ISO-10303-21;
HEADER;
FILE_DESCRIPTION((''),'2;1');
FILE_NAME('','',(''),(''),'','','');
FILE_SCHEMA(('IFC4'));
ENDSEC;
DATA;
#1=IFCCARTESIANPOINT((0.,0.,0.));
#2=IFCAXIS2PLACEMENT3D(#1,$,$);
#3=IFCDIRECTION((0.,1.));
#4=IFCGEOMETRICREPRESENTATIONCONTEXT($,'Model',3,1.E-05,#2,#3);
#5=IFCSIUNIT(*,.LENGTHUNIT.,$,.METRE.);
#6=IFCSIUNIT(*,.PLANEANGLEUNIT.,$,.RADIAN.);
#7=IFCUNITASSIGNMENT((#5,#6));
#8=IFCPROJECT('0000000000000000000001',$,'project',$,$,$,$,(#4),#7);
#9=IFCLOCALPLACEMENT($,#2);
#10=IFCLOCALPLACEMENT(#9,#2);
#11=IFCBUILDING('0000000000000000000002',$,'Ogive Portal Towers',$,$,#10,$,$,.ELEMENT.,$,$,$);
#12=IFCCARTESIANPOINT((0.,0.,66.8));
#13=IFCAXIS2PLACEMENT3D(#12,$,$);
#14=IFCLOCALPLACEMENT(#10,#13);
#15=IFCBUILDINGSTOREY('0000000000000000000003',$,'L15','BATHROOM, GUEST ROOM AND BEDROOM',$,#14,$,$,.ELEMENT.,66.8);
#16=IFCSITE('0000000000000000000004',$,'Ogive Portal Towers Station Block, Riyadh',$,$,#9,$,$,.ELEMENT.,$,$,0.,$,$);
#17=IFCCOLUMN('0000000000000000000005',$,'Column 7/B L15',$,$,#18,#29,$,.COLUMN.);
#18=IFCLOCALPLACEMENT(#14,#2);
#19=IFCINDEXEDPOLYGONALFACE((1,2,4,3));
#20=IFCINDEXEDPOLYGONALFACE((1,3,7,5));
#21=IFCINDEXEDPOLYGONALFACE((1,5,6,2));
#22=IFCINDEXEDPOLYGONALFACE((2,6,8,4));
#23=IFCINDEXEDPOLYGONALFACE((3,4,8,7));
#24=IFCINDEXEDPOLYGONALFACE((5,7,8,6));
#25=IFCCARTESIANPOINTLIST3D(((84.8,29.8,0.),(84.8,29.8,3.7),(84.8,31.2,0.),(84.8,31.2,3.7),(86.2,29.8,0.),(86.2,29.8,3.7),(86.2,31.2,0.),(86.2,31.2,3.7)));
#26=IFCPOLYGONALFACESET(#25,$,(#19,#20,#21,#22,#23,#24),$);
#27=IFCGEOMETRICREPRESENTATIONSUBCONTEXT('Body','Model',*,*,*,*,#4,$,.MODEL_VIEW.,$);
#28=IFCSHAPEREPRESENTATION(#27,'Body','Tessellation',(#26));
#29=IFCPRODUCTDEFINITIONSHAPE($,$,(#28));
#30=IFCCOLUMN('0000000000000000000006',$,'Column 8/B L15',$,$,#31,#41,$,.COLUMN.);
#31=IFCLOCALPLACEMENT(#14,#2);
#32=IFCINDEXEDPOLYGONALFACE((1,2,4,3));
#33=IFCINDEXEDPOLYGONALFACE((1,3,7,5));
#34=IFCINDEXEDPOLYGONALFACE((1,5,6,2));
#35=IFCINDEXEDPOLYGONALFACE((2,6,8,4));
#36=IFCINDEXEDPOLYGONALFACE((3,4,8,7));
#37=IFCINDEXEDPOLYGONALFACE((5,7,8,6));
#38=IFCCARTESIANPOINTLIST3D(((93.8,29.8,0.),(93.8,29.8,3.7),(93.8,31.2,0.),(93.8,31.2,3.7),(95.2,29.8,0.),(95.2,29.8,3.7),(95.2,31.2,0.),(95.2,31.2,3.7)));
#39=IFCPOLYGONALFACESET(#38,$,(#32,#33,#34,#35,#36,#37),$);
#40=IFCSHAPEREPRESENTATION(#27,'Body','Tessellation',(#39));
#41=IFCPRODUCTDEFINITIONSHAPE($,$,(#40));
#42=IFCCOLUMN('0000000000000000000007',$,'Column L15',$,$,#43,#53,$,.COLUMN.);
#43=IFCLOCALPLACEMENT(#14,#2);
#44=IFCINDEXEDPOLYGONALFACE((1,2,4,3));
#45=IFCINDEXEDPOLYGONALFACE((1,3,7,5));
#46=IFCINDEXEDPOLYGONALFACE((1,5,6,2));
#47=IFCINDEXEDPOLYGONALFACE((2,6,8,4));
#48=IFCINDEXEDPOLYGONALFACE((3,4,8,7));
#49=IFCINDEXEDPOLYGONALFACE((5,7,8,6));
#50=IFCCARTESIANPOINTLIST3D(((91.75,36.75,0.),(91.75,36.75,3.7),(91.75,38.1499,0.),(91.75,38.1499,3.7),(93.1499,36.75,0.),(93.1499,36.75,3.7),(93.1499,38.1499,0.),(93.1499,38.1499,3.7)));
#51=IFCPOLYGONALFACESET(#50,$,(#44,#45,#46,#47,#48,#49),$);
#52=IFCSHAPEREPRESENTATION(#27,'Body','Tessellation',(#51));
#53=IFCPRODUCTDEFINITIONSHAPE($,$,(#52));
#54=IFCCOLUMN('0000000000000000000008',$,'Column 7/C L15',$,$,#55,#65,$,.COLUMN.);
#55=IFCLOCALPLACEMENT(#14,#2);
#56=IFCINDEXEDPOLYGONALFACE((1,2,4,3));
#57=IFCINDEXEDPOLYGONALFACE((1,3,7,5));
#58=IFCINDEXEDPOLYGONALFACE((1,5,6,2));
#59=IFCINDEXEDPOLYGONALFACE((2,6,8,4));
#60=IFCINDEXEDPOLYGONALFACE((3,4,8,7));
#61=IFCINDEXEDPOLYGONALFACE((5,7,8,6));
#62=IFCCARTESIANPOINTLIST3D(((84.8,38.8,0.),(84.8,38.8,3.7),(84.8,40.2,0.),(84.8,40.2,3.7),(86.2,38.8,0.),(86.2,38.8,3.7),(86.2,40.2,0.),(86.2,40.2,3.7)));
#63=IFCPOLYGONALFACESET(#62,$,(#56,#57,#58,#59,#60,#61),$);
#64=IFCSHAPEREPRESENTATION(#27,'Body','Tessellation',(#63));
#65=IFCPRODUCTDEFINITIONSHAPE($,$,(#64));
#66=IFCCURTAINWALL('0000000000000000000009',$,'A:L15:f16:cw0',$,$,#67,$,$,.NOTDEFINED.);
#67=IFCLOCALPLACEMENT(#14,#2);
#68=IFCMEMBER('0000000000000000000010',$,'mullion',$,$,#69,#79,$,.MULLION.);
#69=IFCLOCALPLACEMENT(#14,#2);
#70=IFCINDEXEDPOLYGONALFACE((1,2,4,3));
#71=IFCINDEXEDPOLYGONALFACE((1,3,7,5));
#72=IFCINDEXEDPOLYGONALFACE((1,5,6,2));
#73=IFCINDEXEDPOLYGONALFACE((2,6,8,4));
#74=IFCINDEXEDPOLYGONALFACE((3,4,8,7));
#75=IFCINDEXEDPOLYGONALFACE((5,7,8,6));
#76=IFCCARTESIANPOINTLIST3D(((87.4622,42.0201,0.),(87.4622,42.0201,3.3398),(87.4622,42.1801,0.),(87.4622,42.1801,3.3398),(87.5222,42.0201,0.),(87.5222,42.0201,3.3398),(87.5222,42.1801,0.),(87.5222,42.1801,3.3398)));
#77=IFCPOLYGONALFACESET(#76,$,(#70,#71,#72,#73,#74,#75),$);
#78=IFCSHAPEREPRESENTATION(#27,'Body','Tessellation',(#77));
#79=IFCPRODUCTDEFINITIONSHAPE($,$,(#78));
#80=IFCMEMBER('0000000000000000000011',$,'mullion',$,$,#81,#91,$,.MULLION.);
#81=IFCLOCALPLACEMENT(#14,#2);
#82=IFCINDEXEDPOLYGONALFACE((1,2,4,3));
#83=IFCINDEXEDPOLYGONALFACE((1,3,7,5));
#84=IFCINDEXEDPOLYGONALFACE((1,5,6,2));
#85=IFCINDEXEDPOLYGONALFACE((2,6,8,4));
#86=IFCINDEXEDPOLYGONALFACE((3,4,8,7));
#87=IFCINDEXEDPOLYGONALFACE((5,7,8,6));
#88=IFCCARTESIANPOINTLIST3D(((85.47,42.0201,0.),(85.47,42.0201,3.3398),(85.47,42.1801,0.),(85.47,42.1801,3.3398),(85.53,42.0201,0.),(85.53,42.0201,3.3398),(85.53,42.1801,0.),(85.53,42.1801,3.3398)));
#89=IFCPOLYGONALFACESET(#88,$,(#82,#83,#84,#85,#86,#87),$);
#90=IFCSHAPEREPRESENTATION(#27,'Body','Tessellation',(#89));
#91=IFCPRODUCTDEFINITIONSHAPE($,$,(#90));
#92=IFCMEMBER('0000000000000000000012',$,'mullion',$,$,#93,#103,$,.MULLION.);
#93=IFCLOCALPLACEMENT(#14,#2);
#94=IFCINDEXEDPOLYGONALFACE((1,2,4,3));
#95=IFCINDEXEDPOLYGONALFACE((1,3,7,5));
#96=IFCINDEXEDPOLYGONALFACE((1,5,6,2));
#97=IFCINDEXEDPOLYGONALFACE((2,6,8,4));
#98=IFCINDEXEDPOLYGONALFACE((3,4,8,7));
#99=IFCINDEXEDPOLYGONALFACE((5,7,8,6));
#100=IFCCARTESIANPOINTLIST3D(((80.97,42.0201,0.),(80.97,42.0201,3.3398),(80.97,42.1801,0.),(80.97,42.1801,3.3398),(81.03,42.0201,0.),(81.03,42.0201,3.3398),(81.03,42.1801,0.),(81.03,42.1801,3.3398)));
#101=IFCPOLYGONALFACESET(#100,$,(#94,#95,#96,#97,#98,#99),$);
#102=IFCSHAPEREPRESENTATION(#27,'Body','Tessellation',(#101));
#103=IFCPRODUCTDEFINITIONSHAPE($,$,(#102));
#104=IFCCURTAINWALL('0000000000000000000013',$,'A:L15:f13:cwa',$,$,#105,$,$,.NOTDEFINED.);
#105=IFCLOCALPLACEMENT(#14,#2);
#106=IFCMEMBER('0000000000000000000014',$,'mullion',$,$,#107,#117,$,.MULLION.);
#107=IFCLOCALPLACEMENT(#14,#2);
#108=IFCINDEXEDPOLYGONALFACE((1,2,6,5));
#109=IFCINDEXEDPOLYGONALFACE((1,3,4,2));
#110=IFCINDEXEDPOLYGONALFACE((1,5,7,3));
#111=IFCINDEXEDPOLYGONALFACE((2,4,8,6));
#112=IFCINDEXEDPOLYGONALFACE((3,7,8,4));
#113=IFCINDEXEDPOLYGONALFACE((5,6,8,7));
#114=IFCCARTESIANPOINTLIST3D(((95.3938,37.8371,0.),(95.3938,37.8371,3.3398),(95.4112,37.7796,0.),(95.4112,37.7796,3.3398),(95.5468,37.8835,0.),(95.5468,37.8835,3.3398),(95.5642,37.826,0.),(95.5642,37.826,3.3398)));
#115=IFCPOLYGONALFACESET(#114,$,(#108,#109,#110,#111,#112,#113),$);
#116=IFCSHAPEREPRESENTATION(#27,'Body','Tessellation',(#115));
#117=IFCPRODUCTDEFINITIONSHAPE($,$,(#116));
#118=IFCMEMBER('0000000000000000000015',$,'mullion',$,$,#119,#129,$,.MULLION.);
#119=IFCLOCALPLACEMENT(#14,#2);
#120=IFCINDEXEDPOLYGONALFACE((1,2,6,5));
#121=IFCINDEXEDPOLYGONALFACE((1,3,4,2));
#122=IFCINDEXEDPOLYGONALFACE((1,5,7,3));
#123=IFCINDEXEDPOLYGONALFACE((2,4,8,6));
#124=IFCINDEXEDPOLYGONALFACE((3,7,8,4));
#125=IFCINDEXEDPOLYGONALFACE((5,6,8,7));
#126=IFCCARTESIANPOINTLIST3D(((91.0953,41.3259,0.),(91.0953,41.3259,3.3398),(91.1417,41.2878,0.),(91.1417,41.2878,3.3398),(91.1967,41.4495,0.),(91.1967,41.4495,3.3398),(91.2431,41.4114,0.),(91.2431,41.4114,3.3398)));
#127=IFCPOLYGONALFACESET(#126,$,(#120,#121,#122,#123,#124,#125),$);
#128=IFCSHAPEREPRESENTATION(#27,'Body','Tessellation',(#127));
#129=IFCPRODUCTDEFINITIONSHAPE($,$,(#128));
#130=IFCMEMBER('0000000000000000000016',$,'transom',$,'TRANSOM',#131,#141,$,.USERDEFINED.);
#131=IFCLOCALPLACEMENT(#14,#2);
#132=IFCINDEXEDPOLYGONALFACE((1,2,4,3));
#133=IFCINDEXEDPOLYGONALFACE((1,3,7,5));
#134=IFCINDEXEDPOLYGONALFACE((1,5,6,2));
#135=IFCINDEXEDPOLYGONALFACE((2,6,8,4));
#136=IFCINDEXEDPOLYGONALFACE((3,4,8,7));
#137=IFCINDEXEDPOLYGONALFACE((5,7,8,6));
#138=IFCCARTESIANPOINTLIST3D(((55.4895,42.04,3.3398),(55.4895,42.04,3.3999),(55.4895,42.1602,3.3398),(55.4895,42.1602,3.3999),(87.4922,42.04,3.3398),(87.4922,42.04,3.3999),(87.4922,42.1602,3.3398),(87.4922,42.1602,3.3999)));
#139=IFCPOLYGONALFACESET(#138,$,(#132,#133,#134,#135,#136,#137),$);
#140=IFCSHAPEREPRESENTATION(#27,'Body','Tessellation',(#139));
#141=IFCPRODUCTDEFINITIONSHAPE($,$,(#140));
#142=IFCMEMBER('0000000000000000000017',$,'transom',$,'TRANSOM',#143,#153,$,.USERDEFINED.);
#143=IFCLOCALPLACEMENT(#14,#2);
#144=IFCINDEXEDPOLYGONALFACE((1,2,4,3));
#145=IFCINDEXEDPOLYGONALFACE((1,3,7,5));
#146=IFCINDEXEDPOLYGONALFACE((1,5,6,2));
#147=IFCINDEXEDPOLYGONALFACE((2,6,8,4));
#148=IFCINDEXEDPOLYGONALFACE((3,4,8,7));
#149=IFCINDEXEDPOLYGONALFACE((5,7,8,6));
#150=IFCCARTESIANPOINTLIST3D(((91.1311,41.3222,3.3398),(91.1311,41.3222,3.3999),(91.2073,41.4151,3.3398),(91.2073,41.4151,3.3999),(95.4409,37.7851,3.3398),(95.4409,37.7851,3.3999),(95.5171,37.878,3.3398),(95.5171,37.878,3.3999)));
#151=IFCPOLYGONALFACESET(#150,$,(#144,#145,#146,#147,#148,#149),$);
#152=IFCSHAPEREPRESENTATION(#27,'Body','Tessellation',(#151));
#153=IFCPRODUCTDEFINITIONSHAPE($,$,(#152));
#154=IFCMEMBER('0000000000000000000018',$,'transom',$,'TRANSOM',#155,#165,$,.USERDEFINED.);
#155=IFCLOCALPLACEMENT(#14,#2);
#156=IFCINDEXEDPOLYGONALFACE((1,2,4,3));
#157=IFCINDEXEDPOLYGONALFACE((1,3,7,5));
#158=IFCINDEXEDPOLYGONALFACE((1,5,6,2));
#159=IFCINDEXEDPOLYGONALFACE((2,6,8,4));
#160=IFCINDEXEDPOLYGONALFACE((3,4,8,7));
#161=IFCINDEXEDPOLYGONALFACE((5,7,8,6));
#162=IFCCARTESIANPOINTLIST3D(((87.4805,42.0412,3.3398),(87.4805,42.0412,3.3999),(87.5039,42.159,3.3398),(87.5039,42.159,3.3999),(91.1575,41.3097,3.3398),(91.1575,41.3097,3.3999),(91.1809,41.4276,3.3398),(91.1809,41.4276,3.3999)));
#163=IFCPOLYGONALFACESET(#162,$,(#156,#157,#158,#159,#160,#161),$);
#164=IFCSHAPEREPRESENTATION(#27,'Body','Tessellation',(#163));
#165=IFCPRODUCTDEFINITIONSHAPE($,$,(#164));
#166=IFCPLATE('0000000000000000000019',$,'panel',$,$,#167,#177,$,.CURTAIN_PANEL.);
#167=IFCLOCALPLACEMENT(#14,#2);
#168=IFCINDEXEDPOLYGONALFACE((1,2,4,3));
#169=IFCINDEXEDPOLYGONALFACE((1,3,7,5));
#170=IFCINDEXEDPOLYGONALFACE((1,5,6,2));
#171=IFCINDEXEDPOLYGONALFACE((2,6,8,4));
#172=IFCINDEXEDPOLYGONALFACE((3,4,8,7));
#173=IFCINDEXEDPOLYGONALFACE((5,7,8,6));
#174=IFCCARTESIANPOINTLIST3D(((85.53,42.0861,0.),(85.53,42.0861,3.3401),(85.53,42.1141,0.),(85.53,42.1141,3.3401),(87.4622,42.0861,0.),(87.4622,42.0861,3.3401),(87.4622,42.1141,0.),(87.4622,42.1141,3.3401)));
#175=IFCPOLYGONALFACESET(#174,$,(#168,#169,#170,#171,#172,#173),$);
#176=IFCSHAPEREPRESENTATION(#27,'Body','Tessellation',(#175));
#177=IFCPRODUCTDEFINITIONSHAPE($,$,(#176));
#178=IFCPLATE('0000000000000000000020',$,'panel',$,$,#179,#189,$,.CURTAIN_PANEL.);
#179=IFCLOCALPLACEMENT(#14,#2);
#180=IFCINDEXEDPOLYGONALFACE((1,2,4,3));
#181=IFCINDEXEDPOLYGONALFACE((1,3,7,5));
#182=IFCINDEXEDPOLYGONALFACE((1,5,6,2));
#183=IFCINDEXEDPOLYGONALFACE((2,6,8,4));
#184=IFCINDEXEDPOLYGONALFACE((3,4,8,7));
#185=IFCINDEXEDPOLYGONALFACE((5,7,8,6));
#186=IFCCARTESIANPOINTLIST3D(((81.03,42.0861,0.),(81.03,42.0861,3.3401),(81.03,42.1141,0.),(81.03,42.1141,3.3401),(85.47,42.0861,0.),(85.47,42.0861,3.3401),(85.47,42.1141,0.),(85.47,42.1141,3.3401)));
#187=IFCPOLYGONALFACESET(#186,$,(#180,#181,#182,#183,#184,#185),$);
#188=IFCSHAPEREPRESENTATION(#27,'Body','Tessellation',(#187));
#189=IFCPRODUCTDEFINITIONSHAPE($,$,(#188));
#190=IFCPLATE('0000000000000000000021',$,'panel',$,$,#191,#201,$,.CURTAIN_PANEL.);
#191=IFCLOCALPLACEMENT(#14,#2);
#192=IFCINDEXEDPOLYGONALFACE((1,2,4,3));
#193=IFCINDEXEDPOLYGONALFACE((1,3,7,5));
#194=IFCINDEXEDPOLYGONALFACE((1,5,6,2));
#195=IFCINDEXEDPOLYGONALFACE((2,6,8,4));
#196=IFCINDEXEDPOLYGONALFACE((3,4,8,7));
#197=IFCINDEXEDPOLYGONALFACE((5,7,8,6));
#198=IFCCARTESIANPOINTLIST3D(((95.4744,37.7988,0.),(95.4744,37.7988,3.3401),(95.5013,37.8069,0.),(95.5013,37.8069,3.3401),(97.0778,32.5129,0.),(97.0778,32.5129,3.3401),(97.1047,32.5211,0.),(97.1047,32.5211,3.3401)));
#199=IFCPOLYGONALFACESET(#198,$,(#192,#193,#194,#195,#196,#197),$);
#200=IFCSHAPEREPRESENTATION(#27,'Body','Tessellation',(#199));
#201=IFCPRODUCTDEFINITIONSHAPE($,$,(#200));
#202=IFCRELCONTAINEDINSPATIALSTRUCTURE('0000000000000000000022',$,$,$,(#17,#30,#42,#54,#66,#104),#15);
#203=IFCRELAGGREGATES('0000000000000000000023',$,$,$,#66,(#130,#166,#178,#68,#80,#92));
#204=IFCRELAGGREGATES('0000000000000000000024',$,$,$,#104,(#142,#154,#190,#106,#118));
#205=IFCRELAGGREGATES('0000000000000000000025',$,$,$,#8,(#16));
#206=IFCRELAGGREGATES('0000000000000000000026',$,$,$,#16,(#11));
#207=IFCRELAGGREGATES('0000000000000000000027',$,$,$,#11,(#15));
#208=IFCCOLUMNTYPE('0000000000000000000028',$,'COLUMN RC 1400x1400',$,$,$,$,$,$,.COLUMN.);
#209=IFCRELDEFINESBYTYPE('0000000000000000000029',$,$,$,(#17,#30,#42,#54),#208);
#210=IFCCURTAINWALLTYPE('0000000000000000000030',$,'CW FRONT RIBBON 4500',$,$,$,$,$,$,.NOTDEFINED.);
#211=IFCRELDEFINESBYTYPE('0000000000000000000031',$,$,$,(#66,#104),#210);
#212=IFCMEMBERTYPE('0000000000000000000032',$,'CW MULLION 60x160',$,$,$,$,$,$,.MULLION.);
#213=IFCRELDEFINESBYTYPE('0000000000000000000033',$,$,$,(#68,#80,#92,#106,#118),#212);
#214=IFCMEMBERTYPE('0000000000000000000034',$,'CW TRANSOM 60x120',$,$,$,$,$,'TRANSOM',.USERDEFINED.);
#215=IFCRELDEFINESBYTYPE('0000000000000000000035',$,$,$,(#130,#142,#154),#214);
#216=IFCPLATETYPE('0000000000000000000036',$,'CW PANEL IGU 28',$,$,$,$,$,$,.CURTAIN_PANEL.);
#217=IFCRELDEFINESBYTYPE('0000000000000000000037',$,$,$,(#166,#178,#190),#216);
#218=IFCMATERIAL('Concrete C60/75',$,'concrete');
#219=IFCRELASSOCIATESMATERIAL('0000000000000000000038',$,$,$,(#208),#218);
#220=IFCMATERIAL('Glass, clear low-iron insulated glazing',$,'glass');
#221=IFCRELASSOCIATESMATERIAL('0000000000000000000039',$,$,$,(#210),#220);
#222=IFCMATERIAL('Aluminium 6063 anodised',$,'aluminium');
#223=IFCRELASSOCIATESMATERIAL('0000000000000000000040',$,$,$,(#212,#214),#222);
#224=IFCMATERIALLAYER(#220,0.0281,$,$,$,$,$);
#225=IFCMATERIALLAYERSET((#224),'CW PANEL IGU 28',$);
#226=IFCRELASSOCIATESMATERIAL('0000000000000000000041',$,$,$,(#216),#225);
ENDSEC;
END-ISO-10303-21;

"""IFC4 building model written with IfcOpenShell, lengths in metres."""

from ifc_helpers import new_model, si_unit, direction, frame, origin, origin_2d, place, context, subcontext, project, spatial, rectangle, extrude, material, layer, layer_set, material_profile, profile_set, type_object, element, aggregate, save


model = new_model("IFC4")

# Units and contexts
model_context = context("Model", 3, precision=1e-05, world=origin(), true_north=direction((0.0, 1.0)))
body_context = subcontext(model_context, "Body", "Model", "MODEL_VIEW")
ifc_project = project(units=[si_unit("LENGTHUNIT", "METRE"), si_unit("PLANEANGLEUNIT", "RADIAN")], contexts=[model_context])

# Site, building, storey
site_placement = place(None, origin())
site = spatial("IfcSite", under=ifc_project, at=site_placement, Name="Ogive Portal Towers Station Block, Riyadh", CompositionType="ELEMENT", RefElevation=0.0)
building_placement = place(site_placement, origin())
building = spatial("IfcBuilding", under=site, at=building_placement, Name="Ogive Portal Towers", CompositionType="ELEMENT")
storey_placement = place(building_placement, frame((0.0, 0.0, 66.8)))
storey = spatial("IfcBuildingStorey", under=building, at=storey_placement, Name="L15", Description="BATHROOM, GUEST ROOM AND BEDROOM", CompositionType="ELEMENT", Elevation=66.8)

# Columns
ifc_material_1 = material(Name="Concrete C60/75", Category="concrete")
ifc_material_profile_1 = material_profile(ifc_material_1, rectangle(XDim=1.3999, YDim=1.3999, at=origin_2d()), Name="RC 1400x1400")
ifc_profile_set_1 = profile_set([ifc_material_profile_1], Name="Concrete C60/75")
column_type = type_object("IfcColumnType", Name="COLUMN RC 1400x1400", PredefinedType="COLUMN", material=ifc_profile_set_1)
for number, where, z_axis, x_axis, name in (
    (1, (85.5, 30.5, 0.0), (0.0, 0.0, 1.0), (1.0, 0.0, 0.0), "Column 7/B L15"),
    (2, (94.5, 30.5, 0.0), (0.0, 0.0, 1.0), (1.0, 0.0, 0.0), "Column 8/B L15"),
    (3, (92.45, 37.45, 0.0), (0.0, 0.0, 1.0), (1.0, 0.0, 0.0), "Column L15"),
    (4, (85.5, 39.5, 0.0), (0.0, 0.0, 1.0), (1.0, 0.0, 0.0), "Column 7/C L15"),
):
    element("IfcColumn", number, at=place(storey_placement, frame(where, z_axis=z_axis, x_axis=x_axis)), inside=storey, type_object=column_type, Name=name, PredefinedType="COLUMN", context=body_context, shape_type="SweptSolid", body=[
        extrude(rectangle(XDim=1.3999, YDim=1.3999, at=origin_2d()), origin(), (0.0, 0.0, 1.0), 3.7),
    ])

# Curtain walls, members
ifc_material_2 = material(Name="Glass, clear low-iron insulated glazing", Category="glass")
curtain_wall_type = type_object("IfcCurtainWallType", Name="CW FRONT RIBBON 4500", PredefinedType="NOTDEFINED", material=ifc_material_2)
curtain_wall_1_placement = place(storey_placement, origin())
curtain_wall_1 = element("IfcCurtainWall", 5, at=curtain_wall_1_placement, inside=storey, type_object=curtain_wall_type, Name="A:L15:f16:cw0", PredefinedType="NOTDEFINED")
ifc_material_3 = material(Name="Aluminium 6063 anodised", Category="aluminium")
ifc_material_profile_2 = material_profile(ifc_material_3, rectangle(XDim=0.1599, YDim=0.0601, at=origin_2d()), Name="AL 60x160")
ifc_profile_set_2 = profile_set([ifc_material_profile_2], Name="Aluminium 6063 anodised")
member_type_1 = type_object("IfcMemberType", Name="CW MULLION 60x160", PredefinedType="MULLION", material=ifc_profile_set_2)
member_1_placement = place(storey_placement, frame((87.4922, 42.1001, 0.0), z_axis=(0.0, 0.0, 1.0), x_axis=(0.0, -1.0, 0.0)))
member_1 = element("IfcMember", 6, at=member_1_placement, type_object=member_type_1, Name="mullion", PredefinedType="MULLION", context=body_context, shape_type="SweptSolid", body=[
    extrude(rectangle(XDim=0.1599, YDim=0.0601, at=origin_2d()), origin(), (0.0, 0.0, 1.0), 3.3398),
])
member_2_placement = place(storey_placement, frame((85.5, 42.1001, 0.0), z_axis=(0.0, 0.0, 1.0), x_axis=(0.0, -1.0, 0.0)))
member_2 = element("IfcMember", 7, at=member_2_placement, type_object=member_type_1, Name="mullion", PredefinedType="MULLION", context=body_context, shape_type="SweptSolid", body=[
    extrude(rectangle(XDim=0.1599, YDim=0.0601, at=origin_2d()), origin(), (0.0, 0.0, 1.0), 3.3398),
])
member_3_placement = place(storey_placement, frame((81.0, 42.1001, 0.0), z_axis=(0.0, 0.0, 1.0), x_axis=(0.0, -1.0, 0.0)))
member_3 = element("IfcMember", 8, at=member_3_placement, type_object=member_type_1, Name="mullion", PredefinedType="MULLION", context=body_context, shape_type="SweptSolid", body=[
    extrude(rectangle(XDim=0.1599, YDim=0.0601, at=origin_2d()), origin(), (0.0, 0.0, 1.0), 3.3398),
])
curtain_wall_2_placement = place(storey_placement, origin())
curtain_wall_2 = element("IfcCurtainWall", 9, at=curtain_wall_2_placement, inside=storey, type_object=curtain_wall_type, Name="A:L15:f13:cwa", PredefinedType="NOTDEFINED")
member_4_placement = place(storey_placement, frame((95.479, 37.8315, 0.0), z_axis=(0.0, 0.0, 1.0), x_axis=(-0.95694, -0.290285, 0.0)))
member_4 = element("IfcMember", 10, at=member_4_placement, type_object=member_type_1, Name="mullion", PredefinedType="MULLION", context=body_context, shape_type="SweptSolid", body=[
    extrude(rectangle(XDim=0.1599, YDim=0.0601, at=origin_2d()), origin(), (0.0, 0.0, 1.0), 3.3398),
])
member_5_placement = place(storey_placement, frame((91.1692, 41.3687, 0.0), z_axis=(0.0, 0.0, 1.0), x_axis=(-0.634393, -0.77301, 0.0)))
member_5 = element("IfcMember", 11, at=member_5_placement, type_object=member_type_1, Name="mullion", PredefinedType="MULLION", context=body_context, shape_type="SweptSolid", body=[
    extrude(rectangle(XDim=0.1599, YDim=0.0601, at=origin_2d()), origin(), (0.0, 0.0, 1.0), 3.3398),
])

# Members
ifc_material_profile_3 = material_profile(ifc_material_3, rectangle(XDim=0.1201, YDim=0.0601, at=origin_2d()), Name="AL 120x60")
ifc_profile_set_3 = profile_set([ifc_material_profile_3], Name="Aluminium 6063 anodised")
member_type_2 = type_object("IfcMemberType", Name="CW TRANSOM 60x120", ElementType="TRANSOM", PredefinedType="USERDEFINED", material=ifc_profile_set_3)
member_6_placement = place(storey_placement, frame((87.4922, 42.1001, 3.3699), z_axis=(-1.0, 0.0, 0.0), x_axis=(0.0, -1.0, 0.0)))
member_6 = element("IfcMember", 12, at=member_6_placement, type_object=member_type_2, Name="transom", ObjectType="TRANSOM", PredefinedType="USERDEFINED", context=body_context, shape_type="SweptSolid", body=[
    extrude(rectangle(XDim=0.1201, YDim=0.0601, at=origin_2d()), origin(), (0.0, 0.0, 1.0), 32.0027),
])
member_7_placement = place(storey_placement, frame((95.479, 37.8315, 3.3699), z_axis=(-0.772998, 0.634408, 0.0), x_axis=(-0.634408, -0.772998, 0.0)))
member_7 = element("IfcMember", 13, at=member_7_placement, type_object=member_type_2, Name="transom", ObjectType="TRANSOM", PredefinedType="USERDEFINED", context=body_context, shape_type="SweptSolid", body=[
    extrude(rectangle(XDim=0.1201, YDim=0.0601, at=origin_2d()), origin(), (0.0, 0.0, 1.0), 5.5754),
])
member_8_placement = place(storey_placement, frame((91.1692, 41.3687, 3.3699), z_axis=(-0.980783, 0.195102, 0.0), x_axis=(-0.195102, -0.980783, 0.0)))
member_8 = element("IfcMember", 14, at=member_8_placement, type_object=member_type_2, Name="transom", ObjectType="TRANSOM", PredefinedType="USERDEFINED", context=body_context, shape_type="SweptSolid", body=[
    extrude(rectangle(XDim=0.1201, YDim=0.0601, at=origin_2d()), origin(), (0.0, 0.0, 1.0), 3.749),
])

# Plates
ifc_layer_1 = layer(ifc_material_2, 0.0281)
ifc_layer_set_1 = layer_set([ifc_layer_1], Name="CW PANEL IGU 28")
plate_type = type_object("IfcPlateType", Name="CW PANEL IGU 28", PredefinedType="CURTAIN_PANEL", material=ifc_layer_set_1)
plate_1_placement = place(storey_placement, frame((86.4961, 42.1001, 0.0), z_axis=(0.0, 0.0, 1.0), x_axis=(-1.0, 0.0, 0.0)))
plate_1 = element("IfcPlate", 15, at=plate_1_placement, type_object=plate_type, Name="panel", PredefinedType="CURTAIN_PANEL", context=body_context, shape_type="SweptSolid", body=[
    extrude(rectangle(XDim=1.9321, YDim=0.0281, at=origin_2d()), origin(), (0.0, 0.0, 1.0), 3.3401),
])
plate_2_placement = place(storey_placement, frame((83.25, 42.1001, 0.0), z_axis=(0.0, 0.0, 1.0), x_axis=(-1.0, 0.0, 0.0)))
plate_2 = element("IfcPlate", 16, at=plate_2_placement, type_object=plate_type, Name="panel", PredefinedType="CURTAIN_PANEL", context=body_context, shape_type="SweptSolid", body=[
    extrude(rectangle(XDim=4.4399, YDim=0.0281, at=origin_2d()), origin(), (0.0, 0.0, 1.0), 3.3401),
])
aggregate(curtain_wall_1, [member_6, plate_1, plate_2, member_1, member_2, member_3])
plate_3_placement = place(storey_placement, frame((96.2896, 35.1599, 0.0), z_axis=(0.0, 0.0, 1.0), x_axis=(-0.290285, 0.95694, 0.0)))
plate_3 = element("IfcPlate", 17, at=plate_3_placement, type_object=plate_type, Name="panel", PredefinedType="CURTAIN_PANEL", context=body_context, shape_type="SweptSolid", body=[
    extrude(rectangle(XDim=5.5237, YDim=0.0281, at=origin_2d()), origin(), (0.0, 0.0, 1.0), 3.3401),
])
aggregate(curtain_wall_2, [member_7, member_8, plate_3, member_4, member_5])

save(model, "model.ifc")
